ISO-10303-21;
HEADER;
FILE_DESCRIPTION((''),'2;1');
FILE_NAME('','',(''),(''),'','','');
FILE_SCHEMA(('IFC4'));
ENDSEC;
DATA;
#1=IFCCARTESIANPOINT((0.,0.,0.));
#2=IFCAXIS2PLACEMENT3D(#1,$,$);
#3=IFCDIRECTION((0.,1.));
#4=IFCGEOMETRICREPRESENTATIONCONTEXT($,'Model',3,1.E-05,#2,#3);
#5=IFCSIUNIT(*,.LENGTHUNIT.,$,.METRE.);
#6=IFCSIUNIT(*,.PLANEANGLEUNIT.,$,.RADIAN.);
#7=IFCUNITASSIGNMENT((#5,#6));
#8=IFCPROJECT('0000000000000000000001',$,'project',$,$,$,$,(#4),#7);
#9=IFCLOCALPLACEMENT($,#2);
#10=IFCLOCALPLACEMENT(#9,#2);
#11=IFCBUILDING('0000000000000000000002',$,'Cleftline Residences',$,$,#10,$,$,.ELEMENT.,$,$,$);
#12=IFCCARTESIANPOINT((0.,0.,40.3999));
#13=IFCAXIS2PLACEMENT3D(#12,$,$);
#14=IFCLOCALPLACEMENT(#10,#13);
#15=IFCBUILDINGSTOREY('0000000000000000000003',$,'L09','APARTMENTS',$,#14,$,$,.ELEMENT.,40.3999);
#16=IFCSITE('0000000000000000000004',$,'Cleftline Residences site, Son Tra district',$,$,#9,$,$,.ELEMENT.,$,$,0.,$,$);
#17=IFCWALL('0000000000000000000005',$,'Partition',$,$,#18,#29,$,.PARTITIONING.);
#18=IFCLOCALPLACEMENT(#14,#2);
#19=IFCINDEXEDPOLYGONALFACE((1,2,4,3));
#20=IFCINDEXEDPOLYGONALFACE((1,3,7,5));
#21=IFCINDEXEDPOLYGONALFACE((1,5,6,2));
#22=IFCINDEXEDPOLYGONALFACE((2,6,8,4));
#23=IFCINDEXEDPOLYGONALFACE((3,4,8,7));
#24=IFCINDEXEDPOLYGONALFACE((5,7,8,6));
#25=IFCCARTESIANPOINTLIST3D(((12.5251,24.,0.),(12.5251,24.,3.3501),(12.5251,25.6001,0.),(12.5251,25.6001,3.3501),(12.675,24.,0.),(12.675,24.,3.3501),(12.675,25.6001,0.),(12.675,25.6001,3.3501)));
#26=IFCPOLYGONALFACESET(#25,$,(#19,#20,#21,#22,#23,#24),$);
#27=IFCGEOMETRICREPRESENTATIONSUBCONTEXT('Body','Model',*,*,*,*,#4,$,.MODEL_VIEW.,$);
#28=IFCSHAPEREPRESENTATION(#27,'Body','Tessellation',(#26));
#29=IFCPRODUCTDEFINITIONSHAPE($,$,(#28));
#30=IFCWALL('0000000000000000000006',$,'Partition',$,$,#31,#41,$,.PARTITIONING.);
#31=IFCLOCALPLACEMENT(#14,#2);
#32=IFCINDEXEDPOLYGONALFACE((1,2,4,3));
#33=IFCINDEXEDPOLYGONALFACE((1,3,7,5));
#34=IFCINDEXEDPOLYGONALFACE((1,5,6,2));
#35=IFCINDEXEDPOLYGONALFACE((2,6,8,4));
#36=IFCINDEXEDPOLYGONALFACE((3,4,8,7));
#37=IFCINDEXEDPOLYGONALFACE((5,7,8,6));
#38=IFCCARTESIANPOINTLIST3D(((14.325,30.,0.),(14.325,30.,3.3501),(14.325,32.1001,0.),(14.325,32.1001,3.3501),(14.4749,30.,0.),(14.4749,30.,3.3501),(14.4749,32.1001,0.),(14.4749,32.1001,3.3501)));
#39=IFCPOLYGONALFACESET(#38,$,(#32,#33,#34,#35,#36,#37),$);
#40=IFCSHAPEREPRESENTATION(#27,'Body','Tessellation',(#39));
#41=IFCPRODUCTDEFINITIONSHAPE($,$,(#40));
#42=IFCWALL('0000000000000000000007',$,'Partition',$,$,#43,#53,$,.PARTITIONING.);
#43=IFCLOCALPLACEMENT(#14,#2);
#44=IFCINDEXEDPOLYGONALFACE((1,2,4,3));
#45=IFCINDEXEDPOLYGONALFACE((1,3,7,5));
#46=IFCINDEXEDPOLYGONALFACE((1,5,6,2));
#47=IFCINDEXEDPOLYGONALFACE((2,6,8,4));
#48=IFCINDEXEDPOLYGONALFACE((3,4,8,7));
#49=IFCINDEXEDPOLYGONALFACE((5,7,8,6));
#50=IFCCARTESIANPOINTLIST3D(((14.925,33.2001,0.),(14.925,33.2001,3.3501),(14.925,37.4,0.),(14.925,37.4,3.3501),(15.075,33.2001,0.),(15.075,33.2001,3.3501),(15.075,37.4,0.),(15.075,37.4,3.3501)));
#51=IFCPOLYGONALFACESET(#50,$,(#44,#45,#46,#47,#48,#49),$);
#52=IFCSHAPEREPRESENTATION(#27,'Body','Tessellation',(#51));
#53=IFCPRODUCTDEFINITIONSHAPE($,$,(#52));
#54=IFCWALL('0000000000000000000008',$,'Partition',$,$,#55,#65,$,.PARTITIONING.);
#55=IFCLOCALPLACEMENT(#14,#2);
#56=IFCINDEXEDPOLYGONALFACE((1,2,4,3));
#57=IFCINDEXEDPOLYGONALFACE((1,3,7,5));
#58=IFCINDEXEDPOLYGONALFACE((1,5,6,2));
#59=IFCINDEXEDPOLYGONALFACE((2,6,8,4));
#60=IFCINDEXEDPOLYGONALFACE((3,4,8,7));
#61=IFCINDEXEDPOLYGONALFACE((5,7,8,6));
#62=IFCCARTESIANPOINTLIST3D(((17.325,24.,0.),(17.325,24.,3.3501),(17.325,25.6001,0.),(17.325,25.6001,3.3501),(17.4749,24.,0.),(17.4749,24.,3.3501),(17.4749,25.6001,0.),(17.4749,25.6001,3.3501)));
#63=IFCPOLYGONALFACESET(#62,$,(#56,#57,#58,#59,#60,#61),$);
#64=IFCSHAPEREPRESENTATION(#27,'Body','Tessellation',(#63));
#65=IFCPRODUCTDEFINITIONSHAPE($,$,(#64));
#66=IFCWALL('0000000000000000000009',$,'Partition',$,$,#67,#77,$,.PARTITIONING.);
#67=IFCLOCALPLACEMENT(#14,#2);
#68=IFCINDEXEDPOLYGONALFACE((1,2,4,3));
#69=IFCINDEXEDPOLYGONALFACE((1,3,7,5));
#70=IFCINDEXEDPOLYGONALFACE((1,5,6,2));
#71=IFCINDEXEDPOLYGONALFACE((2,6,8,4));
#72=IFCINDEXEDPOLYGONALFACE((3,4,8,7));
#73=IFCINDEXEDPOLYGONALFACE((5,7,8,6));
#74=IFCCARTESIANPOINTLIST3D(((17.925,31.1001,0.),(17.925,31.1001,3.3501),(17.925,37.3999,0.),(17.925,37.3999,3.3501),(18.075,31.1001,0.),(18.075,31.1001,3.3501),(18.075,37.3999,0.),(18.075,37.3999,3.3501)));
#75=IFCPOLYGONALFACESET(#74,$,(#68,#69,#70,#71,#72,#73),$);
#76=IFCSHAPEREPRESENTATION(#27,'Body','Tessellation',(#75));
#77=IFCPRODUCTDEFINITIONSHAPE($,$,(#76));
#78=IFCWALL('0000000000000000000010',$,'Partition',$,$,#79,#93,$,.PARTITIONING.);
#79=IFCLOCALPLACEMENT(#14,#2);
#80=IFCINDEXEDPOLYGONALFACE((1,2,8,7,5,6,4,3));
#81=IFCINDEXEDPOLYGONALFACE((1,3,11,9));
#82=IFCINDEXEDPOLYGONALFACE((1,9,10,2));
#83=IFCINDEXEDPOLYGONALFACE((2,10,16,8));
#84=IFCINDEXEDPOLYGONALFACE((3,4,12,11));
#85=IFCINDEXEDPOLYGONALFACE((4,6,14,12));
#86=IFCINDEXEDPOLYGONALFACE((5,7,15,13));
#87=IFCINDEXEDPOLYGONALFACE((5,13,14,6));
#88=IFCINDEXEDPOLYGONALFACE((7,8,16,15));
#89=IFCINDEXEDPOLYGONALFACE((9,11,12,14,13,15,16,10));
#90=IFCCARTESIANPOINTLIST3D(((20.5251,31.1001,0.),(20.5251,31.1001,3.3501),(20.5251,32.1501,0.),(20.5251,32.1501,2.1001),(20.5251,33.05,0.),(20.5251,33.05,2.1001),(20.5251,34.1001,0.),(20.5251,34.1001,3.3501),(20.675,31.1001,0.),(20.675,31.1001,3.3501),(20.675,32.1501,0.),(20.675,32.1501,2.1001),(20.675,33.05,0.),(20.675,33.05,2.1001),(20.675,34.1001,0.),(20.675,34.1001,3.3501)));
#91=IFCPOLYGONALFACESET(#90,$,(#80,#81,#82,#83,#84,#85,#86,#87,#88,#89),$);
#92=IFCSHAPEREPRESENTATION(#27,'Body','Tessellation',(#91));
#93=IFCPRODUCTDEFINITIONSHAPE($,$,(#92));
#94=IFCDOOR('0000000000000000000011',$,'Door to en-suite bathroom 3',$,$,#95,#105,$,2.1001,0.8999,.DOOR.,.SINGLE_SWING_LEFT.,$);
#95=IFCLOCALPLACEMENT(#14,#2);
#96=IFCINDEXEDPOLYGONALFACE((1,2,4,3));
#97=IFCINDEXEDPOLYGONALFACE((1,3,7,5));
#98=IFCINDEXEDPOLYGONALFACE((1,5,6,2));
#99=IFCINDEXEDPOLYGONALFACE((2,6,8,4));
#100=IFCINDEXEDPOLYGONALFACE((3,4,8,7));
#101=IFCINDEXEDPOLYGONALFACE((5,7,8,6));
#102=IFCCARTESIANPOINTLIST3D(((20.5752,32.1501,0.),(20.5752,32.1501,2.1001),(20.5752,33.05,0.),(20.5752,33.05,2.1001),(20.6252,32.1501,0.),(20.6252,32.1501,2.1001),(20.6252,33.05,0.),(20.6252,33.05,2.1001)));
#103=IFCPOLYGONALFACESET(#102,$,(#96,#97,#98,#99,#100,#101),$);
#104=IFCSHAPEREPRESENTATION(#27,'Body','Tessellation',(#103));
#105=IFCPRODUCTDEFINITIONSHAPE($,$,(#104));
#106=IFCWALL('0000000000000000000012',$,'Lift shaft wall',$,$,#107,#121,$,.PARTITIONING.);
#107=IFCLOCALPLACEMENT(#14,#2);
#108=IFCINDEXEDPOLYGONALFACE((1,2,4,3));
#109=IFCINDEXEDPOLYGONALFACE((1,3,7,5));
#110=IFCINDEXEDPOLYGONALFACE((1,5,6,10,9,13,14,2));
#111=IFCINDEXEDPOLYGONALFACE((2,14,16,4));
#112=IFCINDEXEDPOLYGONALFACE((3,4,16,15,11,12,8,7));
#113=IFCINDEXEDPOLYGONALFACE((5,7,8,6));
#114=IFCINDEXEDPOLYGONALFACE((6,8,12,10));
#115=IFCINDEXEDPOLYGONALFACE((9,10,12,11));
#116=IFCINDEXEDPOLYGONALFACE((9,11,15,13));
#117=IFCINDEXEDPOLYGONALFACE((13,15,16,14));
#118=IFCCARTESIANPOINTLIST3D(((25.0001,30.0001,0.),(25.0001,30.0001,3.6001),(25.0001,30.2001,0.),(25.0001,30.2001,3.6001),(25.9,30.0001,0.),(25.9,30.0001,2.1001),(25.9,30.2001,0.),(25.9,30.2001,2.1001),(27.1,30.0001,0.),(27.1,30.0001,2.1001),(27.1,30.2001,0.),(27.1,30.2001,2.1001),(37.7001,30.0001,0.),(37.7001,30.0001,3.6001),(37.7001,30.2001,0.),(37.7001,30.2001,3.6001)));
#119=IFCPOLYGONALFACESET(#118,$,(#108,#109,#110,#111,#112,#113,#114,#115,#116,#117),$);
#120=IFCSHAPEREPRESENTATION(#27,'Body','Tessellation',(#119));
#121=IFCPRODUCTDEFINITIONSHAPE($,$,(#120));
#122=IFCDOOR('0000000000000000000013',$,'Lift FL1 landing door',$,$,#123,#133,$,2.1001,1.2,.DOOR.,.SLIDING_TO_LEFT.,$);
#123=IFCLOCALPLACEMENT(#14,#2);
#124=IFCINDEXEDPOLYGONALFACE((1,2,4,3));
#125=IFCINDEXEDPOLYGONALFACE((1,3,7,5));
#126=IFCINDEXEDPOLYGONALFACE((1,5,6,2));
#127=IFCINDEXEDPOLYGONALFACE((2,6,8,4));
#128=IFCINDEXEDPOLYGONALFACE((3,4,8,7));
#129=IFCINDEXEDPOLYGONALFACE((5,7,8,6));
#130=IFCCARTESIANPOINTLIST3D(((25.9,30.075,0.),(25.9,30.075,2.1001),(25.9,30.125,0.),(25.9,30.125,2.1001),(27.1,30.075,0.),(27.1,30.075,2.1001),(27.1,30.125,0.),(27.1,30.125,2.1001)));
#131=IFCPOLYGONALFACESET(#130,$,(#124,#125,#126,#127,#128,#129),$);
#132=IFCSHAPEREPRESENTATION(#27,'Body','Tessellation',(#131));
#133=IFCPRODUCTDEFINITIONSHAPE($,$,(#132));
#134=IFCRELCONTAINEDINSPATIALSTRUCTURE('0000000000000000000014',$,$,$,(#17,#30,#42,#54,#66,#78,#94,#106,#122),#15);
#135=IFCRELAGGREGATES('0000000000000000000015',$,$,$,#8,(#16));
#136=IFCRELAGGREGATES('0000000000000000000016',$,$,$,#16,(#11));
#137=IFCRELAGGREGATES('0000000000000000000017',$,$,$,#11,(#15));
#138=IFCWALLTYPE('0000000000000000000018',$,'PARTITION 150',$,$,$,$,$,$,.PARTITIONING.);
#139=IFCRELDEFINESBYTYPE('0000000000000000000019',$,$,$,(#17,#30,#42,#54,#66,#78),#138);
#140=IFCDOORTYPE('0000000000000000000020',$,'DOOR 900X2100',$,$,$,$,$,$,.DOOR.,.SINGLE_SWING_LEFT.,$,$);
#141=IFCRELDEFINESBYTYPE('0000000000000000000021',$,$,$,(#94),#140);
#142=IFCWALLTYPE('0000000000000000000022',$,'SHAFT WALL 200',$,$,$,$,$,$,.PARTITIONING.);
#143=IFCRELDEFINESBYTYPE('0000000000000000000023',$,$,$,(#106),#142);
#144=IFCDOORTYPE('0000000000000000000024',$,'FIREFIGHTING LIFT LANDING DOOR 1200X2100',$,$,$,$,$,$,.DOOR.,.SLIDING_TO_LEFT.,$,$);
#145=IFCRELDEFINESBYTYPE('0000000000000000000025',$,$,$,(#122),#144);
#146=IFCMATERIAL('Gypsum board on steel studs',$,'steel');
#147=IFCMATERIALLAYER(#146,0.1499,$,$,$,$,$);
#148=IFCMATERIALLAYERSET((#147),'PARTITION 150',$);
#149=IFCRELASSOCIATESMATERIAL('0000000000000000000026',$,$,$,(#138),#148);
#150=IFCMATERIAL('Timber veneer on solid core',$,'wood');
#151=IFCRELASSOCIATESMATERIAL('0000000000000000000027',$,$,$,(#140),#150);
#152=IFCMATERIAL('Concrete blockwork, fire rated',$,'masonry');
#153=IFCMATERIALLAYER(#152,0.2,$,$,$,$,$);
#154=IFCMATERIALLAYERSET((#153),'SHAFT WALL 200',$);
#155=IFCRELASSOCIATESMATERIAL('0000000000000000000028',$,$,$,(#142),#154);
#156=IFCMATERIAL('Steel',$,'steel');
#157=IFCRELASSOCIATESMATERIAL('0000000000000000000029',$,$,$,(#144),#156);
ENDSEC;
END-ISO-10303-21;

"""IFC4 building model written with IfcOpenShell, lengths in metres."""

from ifc_helpers import new_model, si_unit, direction, frame, frame_2d, origin, place, context, subcontext, project, spatial, rectangle, extrude, material, layer, layer_set, type_object, element, fill, save


model = new_model("IFC4")

# Units and contexts
model_context = context("Model", 3, precision=1e-05, world=origin(), true_north=direction((0.0, 1.0)))
body_context = subcontext(model_context, "Body", "Model", "MODEL_VIEW")
ifc_project = project(units=[si_unit("LENGTHUNIT", "METRE"), si_unit("PLANEANGLEUNIT", "RADIAN")], contexts=[model_context])

# Site, building, storey
site_placement = place(None, origin())
site = spatial("IfcSite", under=ifc_project, at=site_placement, Name="Cleftline Residences site, Son Tra district", CompositionType="ELEMENT", RefElevation=0.0)
building_placement = place(site_placement, origin())
building = spatial("IfcBuilding", under=site, at=building_placement, Name="Cleftline Residences", CompositionType="ELEMENT")
storey_placement = place(building_placement, frame((0.0, 0.0, 40.3999)))
storey = spatial("IfcBuildingStorey", under=building, at=storey_placement, Name="L09", Description="APARTMENTS", CompositionType="ELEMENT", Elevation=40.3999)

# Shared definitions
ifc_material_1 = material(Name="Gypsum board on steel studs", Category="steel")
ifc_layer_1 = layer(ifc_material_1, 0.1499)
ifc_layer_set_1 = layer_set([ifc_layer_1], Name="PARTITION 150")
wall_type_1 = type_object("IfcWallType", Name="PARTITION 150", PredefinedType="PARTITIONING", material=ifc_layer_set_1)
ifc_material_2 = material(Name="Timber veneer on solid core", Category="wood")
door_type_1 = type_object("IfcDoorType", Name="DOOR 900X2100", OperationType="SINGLE_SWING_LEFT", PredefinedType="DOOR", material=ifc_material_2)

# Walls
wall_1_placement = place(storey_placement, frame((12.6001, 24.0, 0.0), z_axis=(0.0, 0.0, 1.0), x_axis=(0.0, 1.0, 0.0)))
element("IfcWall", 1, at=wall_1_placement, inside=storey, type_object=wall_type_1, Name="Partition", PredefinedType="PARTITIONING", context=body_context, shape_type="SweptSolid", body=[
    extrude(rectangle(XDim=1.6001, YDim=0.1499, at=frame_2d((0.8, 0.0))), origin(), (0.0, 0.0, 1.0), 3.3501),
])
wall_2_placement = place(storey_placement, frame((14.3999, 30.0, 0.0), z_axis=(0.0, 0.0, 1.0), x_axis=(0.0, 1.0, 0.0)))
element("IfcWall", 2, at=wall_2_placement, inside=storey, type_object=wall_type_1, Name="Partition", PredefinedType="PARTITIONING", context=body_context, shape_type="SweptSolid", body=[
    extrude(rectangle(XDim=2.1001, YDim=0.1499, at=frame_2d((1.05, 0.0))), origin(), (0.0, 0.0, 1.0), 3.3501),
])
wall_3_placement = place(storey_placement, frame((15.0, 33.2, 0.0), z_axis=(0.0, 0.0, 1.0), x_axis=(0.0, 1.0, 0.0)))
element("IfcWall", 3, at=wall_3_placement, inside=storey, type_object=wall_type_1, Name="Partition", PredefinedType="PARTITIONING", context=body_context, shape_type="SweptSolid", body=[
    extrude(rectangle(XDim=4.2, YDim=0.1499, at=frame_2d((2.1001, 0.0))), origin(), (0.0, 0.0, 1.0), 3.3501),
])
wall_4_placement = place(storey_placement, frame((17.3999, 24.0, 0.0), z_axis=(0.0, 0.0, 1.0), x_axis=(0.0, 1.0, 0.0)))
element("IfcWall", 4, at=wall_4_placement, inside=storey, type_object=wall_type_1, Name="Partition", PredefinedType="PARTITIONING", context=body_context, shape_type="SweptSolid", body=[
    extrude(rectangle(XDim=1.6001, YDim=0.1499, at=frame_2d((0.8, 0.0))), origin(), (0.0, 0.0, 1.0), 3.3501),
])
wall_5_placement = place(storey_placement, frame((18.0, 31.1001, 0.0), z_axis=(0.0, 0.0, 1.0), x_axis=(0.0, 1.0, 0.0)))
element("IfcWall", 5, at=wall_5_placement, inside=storey, type_object=wall_type_1, Name="Partition", PredefinedType="PARTITIONING", context=body_context, shape_type="SweptSolid", body=[
    extrude(rectangle(XDim=6.2998, YDim=0.1499, at=frame_2d((3.1499, 0.0))), origin(), (0.0, 0.0, 1.0), 3.3501),
])

# Walls, openings, doors
wall_6_placement = place(storey_placement, frame((20.6001, 31.1001, 0.0), z_axis=(0.0, 0.0, 1.0), x_axis=(0.0, 1.0, 0.0)))
wall_6 = element("IfcWall", 6, at=wall_6_placement, inside=storey, type_object=wall_type_1, Name="Partition", PredefinedType="PARTITIONING", context=body_context, shape_type="SweptSolid", body=[
    extrude(rectangle(XDim=3.0, YDim=0.1499, at=frame_2d((1.5, 0.0))), origin(), (0.0, 0.0, 1.0), 3.3501),
])
opening_1_placement = place(wall_6_placement, frame((1.05, 0.0, 0.0)))
opening_1 = element("IfcOpeningElement", 7, at=opening_1_placement, cuts=wall_6, PredefinedType="OPENING", context=body_context, shape_type="SweptSolid", body=[
    extrude(rectangle(XDim=0.8999, YDim=2.1001, at=frame_2d((0.45, 1.05))), frame((0.0, 0.085, 0.0), z_axis=(0.0, -1.0, 0.0), x_axis=(1.0, 0.0, 0.0)), (0.0, 0.0, 1.0), 0.1699),
])
door_1_placement = place(opening_1_placement, origin())
door_1 = element("IfcDoor", 8, at=door_1_placement, inside=storey, type_object=door_type_1, Name="Door to en-suite bathroom 3", OperationType="SINGLE_SWING_LEFT", OverallHeight=2.1001, OverallWidth=0.8999, PredefinedType="DOOR", context=body_context, shape_type="SweptSolid", body=[
    extrude(rectangle(XDim=0.8999, YDim=2.1001, at=frame_2d((0.45, 1.05))), frame((0.0, 0.0249, 0.0), z_axis=(0.0, -1.0, 0.0), x_axis=(1.0, 0.0, 0.0)), (0.0, 0.0, 1.0), 0.05),
])
fill(opening_1, door_1)
ifc_material_3 = material(Name="Concrete blockwork, fire rated", Category="masonry")
ifc_layer_2 = layer(ifc_material_3, 0.2)
ifc_layer_set_2 = layer_set([ifc_layer_2], Name="SHAFT WALL 200")
wall_type_2 = type_object("IfcWallType", Name="SHAFT WALL 200", PredefinedType="PARTITIONING", material=ifc_layer_set_2)
wall_7_placement = place(storey_placement, frame((25.0, 30.1001, 0.0), z_axis=(0.0, 0.0, 1.0), x_axis=(1.0, 0.0, 0.0)))
wall_7 = element("IfcWall", 9, at=wall_7_placement, inside=storey, type_object=wall_type_2, Name="Lift shaft wall", PredefinedType="PARTITIONING", context=body_context, shape_type="SweptSolid", body=[
    extrude(rectangle(XDim=12.7, YDim=0.2, at=frame_2d((6.3501, 0.0))), origin(), (0.0, 0.0, 1.0), 3.6001),
])
opening_2_placement = place(wall_7_placement, frame((0.8999, 0.0, 0.0)))
opening_2 = element("IfcOpeningElement", 10, at=opening_2_placement, cuts=wall_7, PredefinedType="OPENING", context=body_context, shape_type="SweptSolid", body=[
    extrude(rectangle(XDim=1.2, YDim=2.1001, at=frame_2d((0.6001, 1.05))), frame((0.0, 0.1099, 0.0), z_axis=(0.0, -1.0, 0.0), x_axis=(1.0, 0.0, 0.0)), (0.0, 0.0, 1.0), 0.22),
])
ifc_material_4 = material(Name="Steel", Category="steel")
door_type_2 = type_object("IfcDoorType", Name="FIREFIGHTING LIFT LANDING DOOR 1200X2100", OperationType="SLIDING_TO_LEFT", PredefinedType="DOOR", material=ifc_material_4)
door_2_placement = place(opening_2_placement, origin())
door_2 = element("IfcDoor", 11, at=door_2_placement, inside=storey, type_object=door_type_2, Name="Lift FL1 landing door", OperationType="SLIDING_TO_LEFT", OverallHeight=2.1001, OverallWidth=1.2, PredefinedType="DOOR", context=body_context, shape_type="SweptSolid", body=[
    extrude(rectangle(XDim=1.2, YDim=2.1001, at=frame_2d((0.6001, 1.05))), frame((0.0, 0.0249, 0.0), z_axis=(0.0, -1.0, 0.0), x_axis=(1.0, 0.0, 0.0)), (0.0, 0.0, 1.0), 0.05),
])
fill(opening_2, door_2)

save(model, "model.ifc")
